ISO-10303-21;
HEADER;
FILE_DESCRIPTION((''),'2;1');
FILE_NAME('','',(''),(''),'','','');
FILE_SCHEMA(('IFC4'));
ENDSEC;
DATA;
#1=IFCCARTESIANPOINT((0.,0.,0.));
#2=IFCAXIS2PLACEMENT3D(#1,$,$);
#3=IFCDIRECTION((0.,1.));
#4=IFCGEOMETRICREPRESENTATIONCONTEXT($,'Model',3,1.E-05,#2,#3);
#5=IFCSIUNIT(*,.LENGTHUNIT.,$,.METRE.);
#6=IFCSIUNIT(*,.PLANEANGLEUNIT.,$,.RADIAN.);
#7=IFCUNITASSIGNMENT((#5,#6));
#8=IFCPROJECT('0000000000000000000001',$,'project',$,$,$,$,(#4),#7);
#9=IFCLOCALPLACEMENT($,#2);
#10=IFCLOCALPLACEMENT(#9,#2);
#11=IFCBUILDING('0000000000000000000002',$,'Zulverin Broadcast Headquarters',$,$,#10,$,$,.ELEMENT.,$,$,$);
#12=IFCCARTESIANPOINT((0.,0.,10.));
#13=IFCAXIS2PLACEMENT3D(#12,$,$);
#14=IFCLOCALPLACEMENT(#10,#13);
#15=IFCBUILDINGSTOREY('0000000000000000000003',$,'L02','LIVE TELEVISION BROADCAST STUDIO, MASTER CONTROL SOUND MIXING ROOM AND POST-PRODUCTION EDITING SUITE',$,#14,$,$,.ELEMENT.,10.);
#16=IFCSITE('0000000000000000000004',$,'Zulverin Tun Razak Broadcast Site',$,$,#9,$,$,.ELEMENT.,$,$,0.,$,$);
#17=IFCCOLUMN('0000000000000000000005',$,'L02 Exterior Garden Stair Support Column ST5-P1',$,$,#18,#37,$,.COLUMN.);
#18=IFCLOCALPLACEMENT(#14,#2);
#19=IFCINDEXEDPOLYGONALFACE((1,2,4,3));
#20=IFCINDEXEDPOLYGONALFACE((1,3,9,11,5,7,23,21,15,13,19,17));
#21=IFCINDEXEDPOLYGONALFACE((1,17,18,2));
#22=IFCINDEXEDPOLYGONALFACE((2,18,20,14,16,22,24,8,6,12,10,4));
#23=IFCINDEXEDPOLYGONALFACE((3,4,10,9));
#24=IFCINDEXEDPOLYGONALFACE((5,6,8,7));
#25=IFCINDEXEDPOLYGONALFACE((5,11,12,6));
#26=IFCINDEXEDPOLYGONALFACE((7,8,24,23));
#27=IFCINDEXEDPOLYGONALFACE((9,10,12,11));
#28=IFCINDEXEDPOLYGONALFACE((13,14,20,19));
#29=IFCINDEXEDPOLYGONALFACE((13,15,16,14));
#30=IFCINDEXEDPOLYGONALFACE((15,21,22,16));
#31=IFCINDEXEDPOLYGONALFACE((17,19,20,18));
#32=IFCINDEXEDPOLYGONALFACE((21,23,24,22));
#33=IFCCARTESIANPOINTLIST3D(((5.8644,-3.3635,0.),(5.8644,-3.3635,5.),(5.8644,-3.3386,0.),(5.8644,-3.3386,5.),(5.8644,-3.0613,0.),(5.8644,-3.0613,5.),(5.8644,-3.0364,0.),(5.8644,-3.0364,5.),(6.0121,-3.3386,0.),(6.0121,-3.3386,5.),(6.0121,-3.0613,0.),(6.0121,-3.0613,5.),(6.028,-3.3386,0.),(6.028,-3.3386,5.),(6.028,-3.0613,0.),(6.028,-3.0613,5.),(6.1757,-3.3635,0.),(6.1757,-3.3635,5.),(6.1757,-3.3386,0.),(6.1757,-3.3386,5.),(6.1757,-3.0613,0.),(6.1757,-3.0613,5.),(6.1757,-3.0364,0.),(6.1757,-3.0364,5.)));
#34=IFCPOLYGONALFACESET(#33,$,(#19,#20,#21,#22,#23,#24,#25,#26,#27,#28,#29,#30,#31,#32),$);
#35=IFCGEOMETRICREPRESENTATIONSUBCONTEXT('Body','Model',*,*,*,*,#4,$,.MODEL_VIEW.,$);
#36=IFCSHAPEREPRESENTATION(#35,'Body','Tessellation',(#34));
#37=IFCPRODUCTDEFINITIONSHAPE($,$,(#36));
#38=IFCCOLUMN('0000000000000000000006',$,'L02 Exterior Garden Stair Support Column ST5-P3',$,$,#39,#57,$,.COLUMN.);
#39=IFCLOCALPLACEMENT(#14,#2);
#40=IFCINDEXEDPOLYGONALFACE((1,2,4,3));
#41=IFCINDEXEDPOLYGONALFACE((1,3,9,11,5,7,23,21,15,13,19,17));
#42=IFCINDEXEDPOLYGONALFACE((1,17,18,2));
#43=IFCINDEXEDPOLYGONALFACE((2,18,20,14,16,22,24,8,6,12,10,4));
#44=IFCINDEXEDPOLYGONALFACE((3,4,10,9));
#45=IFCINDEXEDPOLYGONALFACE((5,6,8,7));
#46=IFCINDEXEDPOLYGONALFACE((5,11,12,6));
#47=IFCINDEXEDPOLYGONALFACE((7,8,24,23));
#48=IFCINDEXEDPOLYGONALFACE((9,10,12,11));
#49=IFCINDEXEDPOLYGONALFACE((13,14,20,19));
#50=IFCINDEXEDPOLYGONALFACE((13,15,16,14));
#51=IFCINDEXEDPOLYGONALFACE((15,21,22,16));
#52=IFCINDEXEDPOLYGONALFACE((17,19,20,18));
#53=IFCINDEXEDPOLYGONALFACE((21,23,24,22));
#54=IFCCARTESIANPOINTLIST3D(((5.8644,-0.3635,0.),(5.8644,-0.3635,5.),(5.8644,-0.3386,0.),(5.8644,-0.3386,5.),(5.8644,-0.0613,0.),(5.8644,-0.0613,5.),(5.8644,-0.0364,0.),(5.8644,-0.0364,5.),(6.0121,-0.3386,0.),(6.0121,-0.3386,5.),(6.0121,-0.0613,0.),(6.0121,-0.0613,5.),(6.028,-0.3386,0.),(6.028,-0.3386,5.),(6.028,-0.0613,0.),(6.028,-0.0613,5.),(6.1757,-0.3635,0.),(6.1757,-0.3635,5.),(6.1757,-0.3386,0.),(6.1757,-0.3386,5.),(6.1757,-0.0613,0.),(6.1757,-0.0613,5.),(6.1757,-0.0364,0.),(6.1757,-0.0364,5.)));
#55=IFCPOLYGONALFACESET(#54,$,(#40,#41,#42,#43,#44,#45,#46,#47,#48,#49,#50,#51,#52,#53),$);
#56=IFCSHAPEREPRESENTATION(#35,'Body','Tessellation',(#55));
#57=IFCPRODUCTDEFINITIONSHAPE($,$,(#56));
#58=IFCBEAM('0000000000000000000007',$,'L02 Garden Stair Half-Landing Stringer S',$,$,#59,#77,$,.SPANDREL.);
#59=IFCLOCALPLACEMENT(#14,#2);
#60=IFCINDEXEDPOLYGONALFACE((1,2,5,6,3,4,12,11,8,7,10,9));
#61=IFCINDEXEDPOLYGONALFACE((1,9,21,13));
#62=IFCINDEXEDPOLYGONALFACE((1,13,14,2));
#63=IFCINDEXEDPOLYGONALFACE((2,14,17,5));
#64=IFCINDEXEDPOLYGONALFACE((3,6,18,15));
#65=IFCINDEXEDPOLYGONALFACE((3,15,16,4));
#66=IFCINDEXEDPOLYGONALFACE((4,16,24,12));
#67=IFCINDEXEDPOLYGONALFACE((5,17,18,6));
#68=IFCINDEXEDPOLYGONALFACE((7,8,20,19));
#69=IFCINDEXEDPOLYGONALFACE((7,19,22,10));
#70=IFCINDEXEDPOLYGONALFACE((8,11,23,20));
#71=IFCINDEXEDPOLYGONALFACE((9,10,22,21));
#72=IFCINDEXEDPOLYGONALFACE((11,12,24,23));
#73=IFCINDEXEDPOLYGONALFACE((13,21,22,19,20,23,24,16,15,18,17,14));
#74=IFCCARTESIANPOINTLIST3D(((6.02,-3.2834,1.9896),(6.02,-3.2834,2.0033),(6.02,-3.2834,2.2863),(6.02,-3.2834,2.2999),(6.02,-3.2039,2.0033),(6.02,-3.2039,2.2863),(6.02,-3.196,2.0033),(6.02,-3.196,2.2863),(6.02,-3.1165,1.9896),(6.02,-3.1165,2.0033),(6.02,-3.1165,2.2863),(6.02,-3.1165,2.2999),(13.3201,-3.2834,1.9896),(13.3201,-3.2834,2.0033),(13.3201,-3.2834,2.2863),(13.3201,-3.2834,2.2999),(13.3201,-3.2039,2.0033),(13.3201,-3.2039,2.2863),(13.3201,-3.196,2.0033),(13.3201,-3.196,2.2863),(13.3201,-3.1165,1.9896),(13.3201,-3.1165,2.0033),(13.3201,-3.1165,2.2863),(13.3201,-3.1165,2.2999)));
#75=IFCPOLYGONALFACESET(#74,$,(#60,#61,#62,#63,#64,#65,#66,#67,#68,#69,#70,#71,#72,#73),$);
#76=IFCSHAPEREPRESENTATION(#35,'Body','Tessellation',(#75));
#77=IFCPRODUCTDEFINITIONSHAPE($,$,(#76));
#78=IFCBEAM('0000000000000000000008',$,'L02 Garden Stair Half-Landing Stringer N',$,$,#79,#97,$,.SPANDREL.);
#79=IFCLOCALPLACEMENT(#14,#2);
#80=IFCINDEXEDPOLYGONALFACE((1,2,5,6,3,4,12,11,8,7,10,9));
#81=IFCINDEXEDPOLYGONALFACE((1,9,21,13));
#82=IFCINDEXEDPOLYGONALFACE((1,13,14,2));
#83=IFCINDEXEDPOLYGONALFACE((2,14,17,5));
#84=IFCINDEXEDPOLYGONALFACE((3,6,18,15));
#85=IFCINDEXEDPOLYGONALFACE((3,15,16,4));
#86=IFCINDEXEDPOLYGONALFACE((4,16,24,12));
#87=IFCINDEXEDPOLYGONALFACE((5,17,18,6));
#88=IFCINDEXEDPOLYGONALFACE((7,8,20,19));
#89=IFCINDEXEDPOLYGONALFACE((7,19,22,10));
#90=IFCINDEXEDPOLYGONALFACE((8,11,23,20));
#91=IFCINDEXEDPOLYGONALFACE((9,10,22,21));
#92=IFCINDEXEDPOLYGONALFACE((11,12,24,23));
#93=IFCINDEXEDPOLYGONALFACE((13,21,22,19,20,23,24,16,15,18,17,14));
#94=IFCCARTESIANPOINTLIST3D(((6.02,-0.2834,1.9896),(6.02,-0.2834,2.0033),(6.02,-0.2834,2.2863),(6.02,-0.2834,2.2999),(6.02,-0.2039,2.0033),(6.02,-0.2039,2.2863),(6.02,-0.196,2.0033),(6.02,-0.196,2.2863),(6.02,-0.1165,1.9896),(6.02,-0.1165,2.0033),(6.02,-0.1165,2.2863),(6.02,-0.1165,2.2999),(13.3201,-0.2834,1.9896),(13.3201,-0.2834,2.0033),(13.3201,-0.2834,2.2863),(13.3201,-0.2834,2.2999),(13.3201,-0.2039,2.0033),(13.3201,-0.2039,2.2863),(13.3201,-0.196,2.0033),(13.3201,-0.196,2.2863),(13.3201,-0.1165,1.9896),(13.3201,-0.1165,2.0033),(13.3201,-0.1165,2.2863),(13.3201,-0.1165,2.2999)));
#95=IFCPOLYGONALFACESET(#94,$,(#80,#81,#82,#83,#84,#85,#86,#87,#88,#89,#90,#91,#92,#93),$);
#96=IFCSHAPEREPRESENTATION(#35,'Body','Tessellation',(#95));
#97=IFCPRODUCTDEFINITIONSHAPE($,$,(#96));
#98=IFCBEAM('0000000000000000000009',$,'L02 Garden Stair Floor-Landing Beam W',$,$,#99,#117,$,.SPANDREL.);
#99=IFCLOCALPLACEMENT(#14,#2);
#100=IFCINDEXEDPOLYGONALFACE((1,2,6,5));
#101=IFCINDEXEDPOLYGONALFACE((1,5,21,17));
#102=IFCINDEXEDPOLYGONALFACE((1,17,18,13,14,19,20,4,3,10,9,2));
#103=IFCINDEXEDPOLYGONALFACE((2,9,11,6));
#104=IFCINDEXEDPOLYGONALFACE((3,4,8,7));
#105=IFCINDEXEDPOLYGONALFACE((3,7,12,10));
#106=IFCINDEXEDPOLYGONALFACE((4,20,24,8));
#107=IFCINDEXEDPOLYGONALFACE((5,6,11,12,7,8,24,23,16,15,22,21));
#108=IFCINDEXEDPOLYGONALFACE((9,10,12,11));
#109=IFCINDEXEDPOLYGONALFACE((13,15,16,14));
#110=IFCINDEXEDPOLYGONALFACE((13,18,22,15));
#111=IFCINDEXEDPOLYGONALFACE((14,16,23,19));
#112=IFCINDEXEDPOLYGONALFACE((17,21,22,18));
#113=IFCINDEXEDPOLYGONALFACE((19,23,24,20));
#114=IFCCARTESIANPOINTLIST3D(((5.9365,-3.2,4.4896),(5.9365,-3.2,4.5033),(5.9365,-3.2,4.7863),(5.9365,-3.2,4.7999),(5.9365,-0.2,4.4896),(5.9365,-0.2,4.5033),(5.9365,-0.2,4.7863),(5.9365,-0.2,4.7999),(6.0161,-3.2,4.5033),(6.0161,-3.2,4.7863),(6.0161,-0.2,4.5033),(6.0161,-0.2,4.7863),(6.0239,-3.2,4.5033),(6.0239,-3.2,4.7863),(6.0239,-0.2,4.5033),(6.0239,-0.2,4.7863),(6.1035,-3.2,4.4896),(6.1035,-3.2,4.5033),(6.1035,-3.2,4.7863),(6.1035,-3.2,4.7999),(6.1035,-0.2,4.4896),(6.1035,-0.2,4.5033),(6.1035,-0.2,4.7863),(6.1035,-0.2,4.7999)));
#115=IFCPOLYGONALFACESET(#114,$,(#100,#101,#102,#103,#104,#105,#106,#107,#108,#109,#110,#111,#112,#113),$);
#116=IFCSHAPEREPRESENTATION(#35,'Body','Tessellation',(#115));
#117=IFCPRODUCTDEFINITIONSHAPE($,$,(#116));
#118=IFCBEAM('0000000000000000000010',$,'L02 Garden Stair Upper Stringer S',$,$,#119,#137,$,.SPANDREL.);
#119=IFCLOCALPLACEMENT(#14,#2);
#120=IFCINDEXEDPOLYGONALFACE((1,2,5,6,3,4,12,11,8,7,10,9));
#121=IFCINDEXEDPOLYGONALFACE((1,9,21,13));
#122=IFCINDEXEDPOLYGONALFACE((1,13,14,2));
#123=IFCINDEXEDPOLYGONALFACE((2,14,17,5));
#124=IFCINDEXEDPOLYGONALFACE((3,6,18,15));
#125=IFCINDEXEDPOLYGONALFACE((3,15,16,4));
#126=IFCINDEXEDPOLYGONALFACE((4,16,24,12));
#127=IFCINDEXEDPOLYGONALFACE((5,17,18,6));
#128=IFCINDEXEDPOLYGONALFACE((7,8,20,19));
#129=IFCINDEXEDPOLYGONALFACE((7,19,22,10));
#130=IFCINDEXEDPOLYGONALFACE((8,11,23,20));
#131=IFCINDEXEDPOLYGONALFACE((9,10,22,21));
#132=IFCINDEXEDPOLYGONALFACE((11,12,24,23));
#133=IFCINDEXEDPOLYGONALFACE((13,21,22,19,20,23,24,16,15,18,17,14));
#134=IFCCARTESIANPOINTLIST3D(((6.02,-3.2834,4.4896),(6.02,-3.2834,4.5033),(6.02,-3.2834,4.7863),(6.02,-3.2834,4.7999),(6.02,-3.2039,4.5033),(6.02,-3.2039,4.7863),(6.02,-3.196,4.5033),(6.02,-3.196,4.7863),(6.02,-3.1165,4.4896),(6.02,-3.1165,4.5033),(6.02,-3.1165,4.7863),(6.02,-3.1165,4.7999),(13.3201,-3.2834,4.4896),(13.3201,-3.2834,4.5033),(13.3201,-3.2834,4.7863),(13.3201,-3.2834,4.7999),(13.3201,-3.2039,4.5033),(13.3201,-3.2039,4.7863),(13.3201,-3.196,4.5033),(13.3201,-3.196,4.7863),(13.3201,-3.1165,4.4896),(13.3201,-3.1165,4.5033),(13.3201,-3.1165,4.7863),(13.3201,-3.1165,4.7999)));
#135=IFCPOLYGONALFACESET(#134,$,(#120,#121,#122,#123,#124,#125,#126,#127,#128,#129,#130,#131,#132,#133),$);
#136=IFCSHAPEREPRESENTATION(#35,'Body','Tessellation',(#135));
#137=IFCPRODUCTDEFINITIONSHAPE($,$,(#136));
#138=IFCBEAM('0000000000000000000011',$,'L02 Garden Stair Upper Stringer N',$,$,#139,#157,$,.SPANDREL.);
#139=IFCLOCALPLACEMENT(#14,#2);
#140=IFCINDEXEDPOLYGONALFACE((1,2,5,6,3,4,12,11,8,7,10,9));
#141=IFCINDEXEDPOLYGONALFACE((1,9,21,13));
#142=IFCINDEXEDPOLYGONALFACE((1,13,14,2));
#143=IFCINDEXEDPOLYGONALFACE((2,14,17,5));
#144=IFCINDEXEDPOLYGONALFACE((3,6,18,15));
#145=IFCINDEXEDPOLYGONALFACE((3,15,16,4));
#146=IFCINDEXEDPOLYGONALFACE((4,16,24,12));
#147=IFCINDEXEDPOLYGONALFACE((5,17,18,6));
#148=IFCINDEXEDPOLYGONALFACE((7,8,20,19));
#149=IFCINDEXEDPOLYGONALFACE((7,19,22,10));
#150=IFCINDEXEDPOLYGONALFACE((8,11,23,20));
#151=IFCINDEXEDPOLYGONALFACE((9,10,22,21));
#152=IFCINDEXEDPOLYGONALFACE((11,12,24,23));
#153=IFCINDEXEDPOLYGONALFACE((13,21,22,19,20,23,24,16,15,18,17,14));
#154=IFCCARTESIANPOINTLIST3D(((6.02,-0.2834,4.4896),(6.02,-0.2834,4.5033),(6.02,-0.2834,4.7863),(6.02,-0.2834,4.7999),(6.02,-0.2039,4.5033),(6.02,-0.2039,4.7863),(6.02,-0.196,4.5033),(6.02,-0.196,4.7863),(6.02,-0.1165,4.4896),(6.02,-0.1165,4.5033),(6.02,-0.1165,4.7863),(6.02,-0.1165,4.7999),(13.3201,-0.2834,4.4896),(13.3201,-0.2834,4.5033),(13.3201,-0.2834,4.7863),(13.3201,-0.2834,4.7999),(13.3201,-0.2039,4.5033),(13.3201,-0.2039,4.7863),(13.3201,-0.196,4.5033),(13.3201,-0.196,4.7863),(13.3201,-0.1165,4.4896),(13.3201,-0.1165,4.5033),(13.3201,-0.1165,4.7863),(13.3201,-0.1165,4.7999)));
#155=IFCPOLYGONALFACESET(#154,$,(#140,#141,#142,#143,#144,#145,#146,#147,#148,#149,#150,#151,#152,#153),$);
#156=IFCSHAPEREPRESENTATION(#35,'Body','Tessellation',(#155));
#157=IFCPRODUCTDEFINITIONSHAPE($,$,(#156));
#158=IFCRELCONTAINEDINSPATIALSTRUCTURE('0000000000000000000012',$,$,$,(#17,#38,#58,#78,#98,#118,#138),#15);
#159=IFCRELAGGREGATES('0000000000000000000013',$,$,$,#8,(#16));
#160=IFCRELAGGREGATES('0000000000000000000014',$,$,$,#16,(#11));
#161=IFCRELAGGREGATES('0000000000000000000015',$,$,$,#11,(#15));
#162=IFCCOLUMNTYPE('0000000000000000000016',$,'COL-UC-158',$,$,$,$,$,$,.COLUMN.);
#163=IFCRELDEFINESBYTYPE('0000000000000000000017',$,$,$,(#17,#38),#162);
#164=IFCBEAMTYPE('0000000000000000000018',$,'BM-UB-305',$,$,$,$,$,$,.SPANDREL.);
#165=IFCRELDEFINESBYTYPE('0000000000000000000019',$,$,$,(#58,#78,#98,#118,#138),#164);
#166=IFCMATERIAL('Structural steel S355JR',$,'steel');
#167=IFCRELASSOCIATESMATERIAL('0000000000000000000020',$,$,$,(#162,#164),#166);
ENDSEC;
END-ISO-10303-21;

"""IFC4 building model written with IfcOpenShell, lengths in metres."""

from ifc_helpers import new_model, si_unit, direction, frame, origin, origin_2d, place, context, subcontext, project, spatial, i_section, extrude, material, material_profile, profile_set, type_object, element, save


model = new_model("IFC4")

# Units and contexts
model_context = context("Model", 3, precision=1e-05, world=origin(), true_north=direction((0.0, 1.0)))
body_context = subcontext(model_context, "Body", "Model", "MODEL_VIEW")
ifc_project = project(units=[si_unit("LENGTHUNIT", "METRE"), si_unit("PLANEANGLEUNIT", "RADIAN")], contexts=[model_context])

# Site, building, storey
site_placement = place(None, origin())
site = spatial("IfcSite", under=ifc_project, at=site_placement, Name="Zulverin Tun Razak Broadcast Site", CompositionType="ELEMENT", RefElevation=0.0)
building_placement = place(site_placement, origin())
building = spatial("IfcBuilding", under=site, at=building_placement, Name="Zulverin Broadcast Headquarters", CompositionType="ELEMENT")
storey_placement = place(building_placement, frame((0.0, 0.0, 10.0)))
storey = spatial("IfcBuildingStorey", under=building, at=storey_placement, Name="L02", Description="LIVE TELEVISION BROADCAST STUDIO, MASTER CONTROL SOUND MIXING ROOM AND POST-PRODUCTION EDITING SUITE", CompositionType="ELEMENT", Elevation=10.0)

# Columns
ifc_material_1 = material(Name="Structural steel S355JR", Category="steel")
ifc_material_profile_1 = material_profile(ifc_material_1, i_section(OverallWidth=0.3113, OverallDepth=0.3271, WebThickness=0.0159, FlangeThickness=0.0249, at=origin_2d()), Name="Structural steel S355JR", Category="steel")
ifc_profile_set_1 = profile_set([ifc_material_profile_1], Name="Structural steel S355JR")
column_type = type_object("IfcColumnType", Name="COL-UC-158", PredefinedType="COLUMN", material=ifc_profile_set_1)
for number, where, z_axis, x_axis, name in (
    (1, (6.02, -3.2, 0.0), (0.0, 0.0, 1.0), (1.0, 0.0, 0.0), "L02 Exterior Garden Stair Support Column ST5-P1"),
    (2, (6.02, -0.2, 0.0), (0.0, 0.0, 1.0), (1.0, 0.0, 0.0), "L02 Exterior Garden Stair Support Column ST5-P3"),
):
    element("IfcColumn", number, at=place(storey_placement, frame(where, z_axis=z_axis, x_axis=x_axis)), inside=storey, type_object=column_type, Name=name, PredefinedType="COLUMN", context=body_context, shape_type="SweptSolid", body=[
        extrude(i_section(OverallWidth=0.3113, OverallDepth=0.3271, WebThickness=0.0159, FlangeThickness=0.0249, at=origin_2d()), origin(), (0.0, 0.0, 1.0), 5.0),
    ])

# Beams
ifc_material_profile_2 = material_profile(ifc_material_1, i_section(OverallWidth=0.167, OverallDepth=0.3103, WebThickness=0.0078, FlangeThickness=0.0137, at=origin_2d()), Name="Structural steel S355JR", Category="steel")
ifc_profile_set_2 = profile_set([ifc_material_profile_2], Name="Structural steel S355JR")
beam_type = type_object("IfcBeamType", Name="BM-UB-305", PredefinedType="SPANDREL", material=ifc_profile_set_2)
for number, where, z_axis, x_axis, name in (
    (3, (6.02, -3.2, 2.1448), (1.0, 0.0, 0.0), (0.0, 1.0, 0.0), "L02 Garden Stair Half-Landing Stringer S"),
    (4, (6.02, -0.2, 2.1448), (1.0, 0.0, 0.0), (0.0, 1.0, 0.0), "L02 Garden Stair Half-Landing Stringer N"),
):
    element("IfcBeam", number, at=place(storey_placement, frame(where, z_axis=z_axis, x_axis=x_axis)), inside=storey, type_object=beam_type, Name=name, PredefinedType="SPANDREL", context=body_context, shape_type="SweptSolid", body=[
        extrude(i_section(OverallWidth=0.167, OverallDepth=0.3103, WebThickness=0.0078, FlangeThickness=0.0137, at=origin_2d()), origin(), (0.0, 0.0, 1.0), 7.3),
    ])
beam_placement = place(storey_placement, frame((6.02, -3.2, 4.6448), z_axis=(0.0, 1.0, 0.0), x_axis=(-1.0, 0.0, 0.0)))
element("IfcBeam", 5, at=beam_placement, inside=storey, type_object=beam_type, Name="L02 Garden Stair Floor-Landing Beam W", PredefinedType="SPANDREL", context=body_context, shape_type="SweptSolid", body=[
    extrude(i_section(OverallWidth=0.167, OverallDepth=0.3103, WebThickness=0.0078, FlangeThickness=0.0137, at=origin_2d()), origin(), (0.0, 0.0, 1.0), 3.0),
])
for number, where, z_axis, x_axis, name in (
    (6, (6.02, -3.2, 4.6448), (1.0, 0.0, 0.0), (0.0, 1.0, 0.0), "L02 Garden Stair Upper Stringer S"),
    (7, (6.02, -0.2, 4.6448), (1.0, 0.0, 0.0), (0.0, 1.0, 0.0), "L02 Garden Stair Upper Stringer N"),
):
    element("IfcBeam", number, at=place(storey_placement, frame(where, z_axis=z_axis, x_axis=x_axis)), inside=storey, type_object=beam_type, Name=name, PredefinedType="SPANDREL", context=body_context, shape_type="SweptSolid", body=[
        extrude(i_section(OverallWidth=0.167, OverallDepth=0.3103, WebThickness=0.0078, FlangeThickness=0.0137, at=origin_2d()), origin(), (0.0, 0.0, 1.0), 7.3),
    ])

save(model, "model.ifc")
